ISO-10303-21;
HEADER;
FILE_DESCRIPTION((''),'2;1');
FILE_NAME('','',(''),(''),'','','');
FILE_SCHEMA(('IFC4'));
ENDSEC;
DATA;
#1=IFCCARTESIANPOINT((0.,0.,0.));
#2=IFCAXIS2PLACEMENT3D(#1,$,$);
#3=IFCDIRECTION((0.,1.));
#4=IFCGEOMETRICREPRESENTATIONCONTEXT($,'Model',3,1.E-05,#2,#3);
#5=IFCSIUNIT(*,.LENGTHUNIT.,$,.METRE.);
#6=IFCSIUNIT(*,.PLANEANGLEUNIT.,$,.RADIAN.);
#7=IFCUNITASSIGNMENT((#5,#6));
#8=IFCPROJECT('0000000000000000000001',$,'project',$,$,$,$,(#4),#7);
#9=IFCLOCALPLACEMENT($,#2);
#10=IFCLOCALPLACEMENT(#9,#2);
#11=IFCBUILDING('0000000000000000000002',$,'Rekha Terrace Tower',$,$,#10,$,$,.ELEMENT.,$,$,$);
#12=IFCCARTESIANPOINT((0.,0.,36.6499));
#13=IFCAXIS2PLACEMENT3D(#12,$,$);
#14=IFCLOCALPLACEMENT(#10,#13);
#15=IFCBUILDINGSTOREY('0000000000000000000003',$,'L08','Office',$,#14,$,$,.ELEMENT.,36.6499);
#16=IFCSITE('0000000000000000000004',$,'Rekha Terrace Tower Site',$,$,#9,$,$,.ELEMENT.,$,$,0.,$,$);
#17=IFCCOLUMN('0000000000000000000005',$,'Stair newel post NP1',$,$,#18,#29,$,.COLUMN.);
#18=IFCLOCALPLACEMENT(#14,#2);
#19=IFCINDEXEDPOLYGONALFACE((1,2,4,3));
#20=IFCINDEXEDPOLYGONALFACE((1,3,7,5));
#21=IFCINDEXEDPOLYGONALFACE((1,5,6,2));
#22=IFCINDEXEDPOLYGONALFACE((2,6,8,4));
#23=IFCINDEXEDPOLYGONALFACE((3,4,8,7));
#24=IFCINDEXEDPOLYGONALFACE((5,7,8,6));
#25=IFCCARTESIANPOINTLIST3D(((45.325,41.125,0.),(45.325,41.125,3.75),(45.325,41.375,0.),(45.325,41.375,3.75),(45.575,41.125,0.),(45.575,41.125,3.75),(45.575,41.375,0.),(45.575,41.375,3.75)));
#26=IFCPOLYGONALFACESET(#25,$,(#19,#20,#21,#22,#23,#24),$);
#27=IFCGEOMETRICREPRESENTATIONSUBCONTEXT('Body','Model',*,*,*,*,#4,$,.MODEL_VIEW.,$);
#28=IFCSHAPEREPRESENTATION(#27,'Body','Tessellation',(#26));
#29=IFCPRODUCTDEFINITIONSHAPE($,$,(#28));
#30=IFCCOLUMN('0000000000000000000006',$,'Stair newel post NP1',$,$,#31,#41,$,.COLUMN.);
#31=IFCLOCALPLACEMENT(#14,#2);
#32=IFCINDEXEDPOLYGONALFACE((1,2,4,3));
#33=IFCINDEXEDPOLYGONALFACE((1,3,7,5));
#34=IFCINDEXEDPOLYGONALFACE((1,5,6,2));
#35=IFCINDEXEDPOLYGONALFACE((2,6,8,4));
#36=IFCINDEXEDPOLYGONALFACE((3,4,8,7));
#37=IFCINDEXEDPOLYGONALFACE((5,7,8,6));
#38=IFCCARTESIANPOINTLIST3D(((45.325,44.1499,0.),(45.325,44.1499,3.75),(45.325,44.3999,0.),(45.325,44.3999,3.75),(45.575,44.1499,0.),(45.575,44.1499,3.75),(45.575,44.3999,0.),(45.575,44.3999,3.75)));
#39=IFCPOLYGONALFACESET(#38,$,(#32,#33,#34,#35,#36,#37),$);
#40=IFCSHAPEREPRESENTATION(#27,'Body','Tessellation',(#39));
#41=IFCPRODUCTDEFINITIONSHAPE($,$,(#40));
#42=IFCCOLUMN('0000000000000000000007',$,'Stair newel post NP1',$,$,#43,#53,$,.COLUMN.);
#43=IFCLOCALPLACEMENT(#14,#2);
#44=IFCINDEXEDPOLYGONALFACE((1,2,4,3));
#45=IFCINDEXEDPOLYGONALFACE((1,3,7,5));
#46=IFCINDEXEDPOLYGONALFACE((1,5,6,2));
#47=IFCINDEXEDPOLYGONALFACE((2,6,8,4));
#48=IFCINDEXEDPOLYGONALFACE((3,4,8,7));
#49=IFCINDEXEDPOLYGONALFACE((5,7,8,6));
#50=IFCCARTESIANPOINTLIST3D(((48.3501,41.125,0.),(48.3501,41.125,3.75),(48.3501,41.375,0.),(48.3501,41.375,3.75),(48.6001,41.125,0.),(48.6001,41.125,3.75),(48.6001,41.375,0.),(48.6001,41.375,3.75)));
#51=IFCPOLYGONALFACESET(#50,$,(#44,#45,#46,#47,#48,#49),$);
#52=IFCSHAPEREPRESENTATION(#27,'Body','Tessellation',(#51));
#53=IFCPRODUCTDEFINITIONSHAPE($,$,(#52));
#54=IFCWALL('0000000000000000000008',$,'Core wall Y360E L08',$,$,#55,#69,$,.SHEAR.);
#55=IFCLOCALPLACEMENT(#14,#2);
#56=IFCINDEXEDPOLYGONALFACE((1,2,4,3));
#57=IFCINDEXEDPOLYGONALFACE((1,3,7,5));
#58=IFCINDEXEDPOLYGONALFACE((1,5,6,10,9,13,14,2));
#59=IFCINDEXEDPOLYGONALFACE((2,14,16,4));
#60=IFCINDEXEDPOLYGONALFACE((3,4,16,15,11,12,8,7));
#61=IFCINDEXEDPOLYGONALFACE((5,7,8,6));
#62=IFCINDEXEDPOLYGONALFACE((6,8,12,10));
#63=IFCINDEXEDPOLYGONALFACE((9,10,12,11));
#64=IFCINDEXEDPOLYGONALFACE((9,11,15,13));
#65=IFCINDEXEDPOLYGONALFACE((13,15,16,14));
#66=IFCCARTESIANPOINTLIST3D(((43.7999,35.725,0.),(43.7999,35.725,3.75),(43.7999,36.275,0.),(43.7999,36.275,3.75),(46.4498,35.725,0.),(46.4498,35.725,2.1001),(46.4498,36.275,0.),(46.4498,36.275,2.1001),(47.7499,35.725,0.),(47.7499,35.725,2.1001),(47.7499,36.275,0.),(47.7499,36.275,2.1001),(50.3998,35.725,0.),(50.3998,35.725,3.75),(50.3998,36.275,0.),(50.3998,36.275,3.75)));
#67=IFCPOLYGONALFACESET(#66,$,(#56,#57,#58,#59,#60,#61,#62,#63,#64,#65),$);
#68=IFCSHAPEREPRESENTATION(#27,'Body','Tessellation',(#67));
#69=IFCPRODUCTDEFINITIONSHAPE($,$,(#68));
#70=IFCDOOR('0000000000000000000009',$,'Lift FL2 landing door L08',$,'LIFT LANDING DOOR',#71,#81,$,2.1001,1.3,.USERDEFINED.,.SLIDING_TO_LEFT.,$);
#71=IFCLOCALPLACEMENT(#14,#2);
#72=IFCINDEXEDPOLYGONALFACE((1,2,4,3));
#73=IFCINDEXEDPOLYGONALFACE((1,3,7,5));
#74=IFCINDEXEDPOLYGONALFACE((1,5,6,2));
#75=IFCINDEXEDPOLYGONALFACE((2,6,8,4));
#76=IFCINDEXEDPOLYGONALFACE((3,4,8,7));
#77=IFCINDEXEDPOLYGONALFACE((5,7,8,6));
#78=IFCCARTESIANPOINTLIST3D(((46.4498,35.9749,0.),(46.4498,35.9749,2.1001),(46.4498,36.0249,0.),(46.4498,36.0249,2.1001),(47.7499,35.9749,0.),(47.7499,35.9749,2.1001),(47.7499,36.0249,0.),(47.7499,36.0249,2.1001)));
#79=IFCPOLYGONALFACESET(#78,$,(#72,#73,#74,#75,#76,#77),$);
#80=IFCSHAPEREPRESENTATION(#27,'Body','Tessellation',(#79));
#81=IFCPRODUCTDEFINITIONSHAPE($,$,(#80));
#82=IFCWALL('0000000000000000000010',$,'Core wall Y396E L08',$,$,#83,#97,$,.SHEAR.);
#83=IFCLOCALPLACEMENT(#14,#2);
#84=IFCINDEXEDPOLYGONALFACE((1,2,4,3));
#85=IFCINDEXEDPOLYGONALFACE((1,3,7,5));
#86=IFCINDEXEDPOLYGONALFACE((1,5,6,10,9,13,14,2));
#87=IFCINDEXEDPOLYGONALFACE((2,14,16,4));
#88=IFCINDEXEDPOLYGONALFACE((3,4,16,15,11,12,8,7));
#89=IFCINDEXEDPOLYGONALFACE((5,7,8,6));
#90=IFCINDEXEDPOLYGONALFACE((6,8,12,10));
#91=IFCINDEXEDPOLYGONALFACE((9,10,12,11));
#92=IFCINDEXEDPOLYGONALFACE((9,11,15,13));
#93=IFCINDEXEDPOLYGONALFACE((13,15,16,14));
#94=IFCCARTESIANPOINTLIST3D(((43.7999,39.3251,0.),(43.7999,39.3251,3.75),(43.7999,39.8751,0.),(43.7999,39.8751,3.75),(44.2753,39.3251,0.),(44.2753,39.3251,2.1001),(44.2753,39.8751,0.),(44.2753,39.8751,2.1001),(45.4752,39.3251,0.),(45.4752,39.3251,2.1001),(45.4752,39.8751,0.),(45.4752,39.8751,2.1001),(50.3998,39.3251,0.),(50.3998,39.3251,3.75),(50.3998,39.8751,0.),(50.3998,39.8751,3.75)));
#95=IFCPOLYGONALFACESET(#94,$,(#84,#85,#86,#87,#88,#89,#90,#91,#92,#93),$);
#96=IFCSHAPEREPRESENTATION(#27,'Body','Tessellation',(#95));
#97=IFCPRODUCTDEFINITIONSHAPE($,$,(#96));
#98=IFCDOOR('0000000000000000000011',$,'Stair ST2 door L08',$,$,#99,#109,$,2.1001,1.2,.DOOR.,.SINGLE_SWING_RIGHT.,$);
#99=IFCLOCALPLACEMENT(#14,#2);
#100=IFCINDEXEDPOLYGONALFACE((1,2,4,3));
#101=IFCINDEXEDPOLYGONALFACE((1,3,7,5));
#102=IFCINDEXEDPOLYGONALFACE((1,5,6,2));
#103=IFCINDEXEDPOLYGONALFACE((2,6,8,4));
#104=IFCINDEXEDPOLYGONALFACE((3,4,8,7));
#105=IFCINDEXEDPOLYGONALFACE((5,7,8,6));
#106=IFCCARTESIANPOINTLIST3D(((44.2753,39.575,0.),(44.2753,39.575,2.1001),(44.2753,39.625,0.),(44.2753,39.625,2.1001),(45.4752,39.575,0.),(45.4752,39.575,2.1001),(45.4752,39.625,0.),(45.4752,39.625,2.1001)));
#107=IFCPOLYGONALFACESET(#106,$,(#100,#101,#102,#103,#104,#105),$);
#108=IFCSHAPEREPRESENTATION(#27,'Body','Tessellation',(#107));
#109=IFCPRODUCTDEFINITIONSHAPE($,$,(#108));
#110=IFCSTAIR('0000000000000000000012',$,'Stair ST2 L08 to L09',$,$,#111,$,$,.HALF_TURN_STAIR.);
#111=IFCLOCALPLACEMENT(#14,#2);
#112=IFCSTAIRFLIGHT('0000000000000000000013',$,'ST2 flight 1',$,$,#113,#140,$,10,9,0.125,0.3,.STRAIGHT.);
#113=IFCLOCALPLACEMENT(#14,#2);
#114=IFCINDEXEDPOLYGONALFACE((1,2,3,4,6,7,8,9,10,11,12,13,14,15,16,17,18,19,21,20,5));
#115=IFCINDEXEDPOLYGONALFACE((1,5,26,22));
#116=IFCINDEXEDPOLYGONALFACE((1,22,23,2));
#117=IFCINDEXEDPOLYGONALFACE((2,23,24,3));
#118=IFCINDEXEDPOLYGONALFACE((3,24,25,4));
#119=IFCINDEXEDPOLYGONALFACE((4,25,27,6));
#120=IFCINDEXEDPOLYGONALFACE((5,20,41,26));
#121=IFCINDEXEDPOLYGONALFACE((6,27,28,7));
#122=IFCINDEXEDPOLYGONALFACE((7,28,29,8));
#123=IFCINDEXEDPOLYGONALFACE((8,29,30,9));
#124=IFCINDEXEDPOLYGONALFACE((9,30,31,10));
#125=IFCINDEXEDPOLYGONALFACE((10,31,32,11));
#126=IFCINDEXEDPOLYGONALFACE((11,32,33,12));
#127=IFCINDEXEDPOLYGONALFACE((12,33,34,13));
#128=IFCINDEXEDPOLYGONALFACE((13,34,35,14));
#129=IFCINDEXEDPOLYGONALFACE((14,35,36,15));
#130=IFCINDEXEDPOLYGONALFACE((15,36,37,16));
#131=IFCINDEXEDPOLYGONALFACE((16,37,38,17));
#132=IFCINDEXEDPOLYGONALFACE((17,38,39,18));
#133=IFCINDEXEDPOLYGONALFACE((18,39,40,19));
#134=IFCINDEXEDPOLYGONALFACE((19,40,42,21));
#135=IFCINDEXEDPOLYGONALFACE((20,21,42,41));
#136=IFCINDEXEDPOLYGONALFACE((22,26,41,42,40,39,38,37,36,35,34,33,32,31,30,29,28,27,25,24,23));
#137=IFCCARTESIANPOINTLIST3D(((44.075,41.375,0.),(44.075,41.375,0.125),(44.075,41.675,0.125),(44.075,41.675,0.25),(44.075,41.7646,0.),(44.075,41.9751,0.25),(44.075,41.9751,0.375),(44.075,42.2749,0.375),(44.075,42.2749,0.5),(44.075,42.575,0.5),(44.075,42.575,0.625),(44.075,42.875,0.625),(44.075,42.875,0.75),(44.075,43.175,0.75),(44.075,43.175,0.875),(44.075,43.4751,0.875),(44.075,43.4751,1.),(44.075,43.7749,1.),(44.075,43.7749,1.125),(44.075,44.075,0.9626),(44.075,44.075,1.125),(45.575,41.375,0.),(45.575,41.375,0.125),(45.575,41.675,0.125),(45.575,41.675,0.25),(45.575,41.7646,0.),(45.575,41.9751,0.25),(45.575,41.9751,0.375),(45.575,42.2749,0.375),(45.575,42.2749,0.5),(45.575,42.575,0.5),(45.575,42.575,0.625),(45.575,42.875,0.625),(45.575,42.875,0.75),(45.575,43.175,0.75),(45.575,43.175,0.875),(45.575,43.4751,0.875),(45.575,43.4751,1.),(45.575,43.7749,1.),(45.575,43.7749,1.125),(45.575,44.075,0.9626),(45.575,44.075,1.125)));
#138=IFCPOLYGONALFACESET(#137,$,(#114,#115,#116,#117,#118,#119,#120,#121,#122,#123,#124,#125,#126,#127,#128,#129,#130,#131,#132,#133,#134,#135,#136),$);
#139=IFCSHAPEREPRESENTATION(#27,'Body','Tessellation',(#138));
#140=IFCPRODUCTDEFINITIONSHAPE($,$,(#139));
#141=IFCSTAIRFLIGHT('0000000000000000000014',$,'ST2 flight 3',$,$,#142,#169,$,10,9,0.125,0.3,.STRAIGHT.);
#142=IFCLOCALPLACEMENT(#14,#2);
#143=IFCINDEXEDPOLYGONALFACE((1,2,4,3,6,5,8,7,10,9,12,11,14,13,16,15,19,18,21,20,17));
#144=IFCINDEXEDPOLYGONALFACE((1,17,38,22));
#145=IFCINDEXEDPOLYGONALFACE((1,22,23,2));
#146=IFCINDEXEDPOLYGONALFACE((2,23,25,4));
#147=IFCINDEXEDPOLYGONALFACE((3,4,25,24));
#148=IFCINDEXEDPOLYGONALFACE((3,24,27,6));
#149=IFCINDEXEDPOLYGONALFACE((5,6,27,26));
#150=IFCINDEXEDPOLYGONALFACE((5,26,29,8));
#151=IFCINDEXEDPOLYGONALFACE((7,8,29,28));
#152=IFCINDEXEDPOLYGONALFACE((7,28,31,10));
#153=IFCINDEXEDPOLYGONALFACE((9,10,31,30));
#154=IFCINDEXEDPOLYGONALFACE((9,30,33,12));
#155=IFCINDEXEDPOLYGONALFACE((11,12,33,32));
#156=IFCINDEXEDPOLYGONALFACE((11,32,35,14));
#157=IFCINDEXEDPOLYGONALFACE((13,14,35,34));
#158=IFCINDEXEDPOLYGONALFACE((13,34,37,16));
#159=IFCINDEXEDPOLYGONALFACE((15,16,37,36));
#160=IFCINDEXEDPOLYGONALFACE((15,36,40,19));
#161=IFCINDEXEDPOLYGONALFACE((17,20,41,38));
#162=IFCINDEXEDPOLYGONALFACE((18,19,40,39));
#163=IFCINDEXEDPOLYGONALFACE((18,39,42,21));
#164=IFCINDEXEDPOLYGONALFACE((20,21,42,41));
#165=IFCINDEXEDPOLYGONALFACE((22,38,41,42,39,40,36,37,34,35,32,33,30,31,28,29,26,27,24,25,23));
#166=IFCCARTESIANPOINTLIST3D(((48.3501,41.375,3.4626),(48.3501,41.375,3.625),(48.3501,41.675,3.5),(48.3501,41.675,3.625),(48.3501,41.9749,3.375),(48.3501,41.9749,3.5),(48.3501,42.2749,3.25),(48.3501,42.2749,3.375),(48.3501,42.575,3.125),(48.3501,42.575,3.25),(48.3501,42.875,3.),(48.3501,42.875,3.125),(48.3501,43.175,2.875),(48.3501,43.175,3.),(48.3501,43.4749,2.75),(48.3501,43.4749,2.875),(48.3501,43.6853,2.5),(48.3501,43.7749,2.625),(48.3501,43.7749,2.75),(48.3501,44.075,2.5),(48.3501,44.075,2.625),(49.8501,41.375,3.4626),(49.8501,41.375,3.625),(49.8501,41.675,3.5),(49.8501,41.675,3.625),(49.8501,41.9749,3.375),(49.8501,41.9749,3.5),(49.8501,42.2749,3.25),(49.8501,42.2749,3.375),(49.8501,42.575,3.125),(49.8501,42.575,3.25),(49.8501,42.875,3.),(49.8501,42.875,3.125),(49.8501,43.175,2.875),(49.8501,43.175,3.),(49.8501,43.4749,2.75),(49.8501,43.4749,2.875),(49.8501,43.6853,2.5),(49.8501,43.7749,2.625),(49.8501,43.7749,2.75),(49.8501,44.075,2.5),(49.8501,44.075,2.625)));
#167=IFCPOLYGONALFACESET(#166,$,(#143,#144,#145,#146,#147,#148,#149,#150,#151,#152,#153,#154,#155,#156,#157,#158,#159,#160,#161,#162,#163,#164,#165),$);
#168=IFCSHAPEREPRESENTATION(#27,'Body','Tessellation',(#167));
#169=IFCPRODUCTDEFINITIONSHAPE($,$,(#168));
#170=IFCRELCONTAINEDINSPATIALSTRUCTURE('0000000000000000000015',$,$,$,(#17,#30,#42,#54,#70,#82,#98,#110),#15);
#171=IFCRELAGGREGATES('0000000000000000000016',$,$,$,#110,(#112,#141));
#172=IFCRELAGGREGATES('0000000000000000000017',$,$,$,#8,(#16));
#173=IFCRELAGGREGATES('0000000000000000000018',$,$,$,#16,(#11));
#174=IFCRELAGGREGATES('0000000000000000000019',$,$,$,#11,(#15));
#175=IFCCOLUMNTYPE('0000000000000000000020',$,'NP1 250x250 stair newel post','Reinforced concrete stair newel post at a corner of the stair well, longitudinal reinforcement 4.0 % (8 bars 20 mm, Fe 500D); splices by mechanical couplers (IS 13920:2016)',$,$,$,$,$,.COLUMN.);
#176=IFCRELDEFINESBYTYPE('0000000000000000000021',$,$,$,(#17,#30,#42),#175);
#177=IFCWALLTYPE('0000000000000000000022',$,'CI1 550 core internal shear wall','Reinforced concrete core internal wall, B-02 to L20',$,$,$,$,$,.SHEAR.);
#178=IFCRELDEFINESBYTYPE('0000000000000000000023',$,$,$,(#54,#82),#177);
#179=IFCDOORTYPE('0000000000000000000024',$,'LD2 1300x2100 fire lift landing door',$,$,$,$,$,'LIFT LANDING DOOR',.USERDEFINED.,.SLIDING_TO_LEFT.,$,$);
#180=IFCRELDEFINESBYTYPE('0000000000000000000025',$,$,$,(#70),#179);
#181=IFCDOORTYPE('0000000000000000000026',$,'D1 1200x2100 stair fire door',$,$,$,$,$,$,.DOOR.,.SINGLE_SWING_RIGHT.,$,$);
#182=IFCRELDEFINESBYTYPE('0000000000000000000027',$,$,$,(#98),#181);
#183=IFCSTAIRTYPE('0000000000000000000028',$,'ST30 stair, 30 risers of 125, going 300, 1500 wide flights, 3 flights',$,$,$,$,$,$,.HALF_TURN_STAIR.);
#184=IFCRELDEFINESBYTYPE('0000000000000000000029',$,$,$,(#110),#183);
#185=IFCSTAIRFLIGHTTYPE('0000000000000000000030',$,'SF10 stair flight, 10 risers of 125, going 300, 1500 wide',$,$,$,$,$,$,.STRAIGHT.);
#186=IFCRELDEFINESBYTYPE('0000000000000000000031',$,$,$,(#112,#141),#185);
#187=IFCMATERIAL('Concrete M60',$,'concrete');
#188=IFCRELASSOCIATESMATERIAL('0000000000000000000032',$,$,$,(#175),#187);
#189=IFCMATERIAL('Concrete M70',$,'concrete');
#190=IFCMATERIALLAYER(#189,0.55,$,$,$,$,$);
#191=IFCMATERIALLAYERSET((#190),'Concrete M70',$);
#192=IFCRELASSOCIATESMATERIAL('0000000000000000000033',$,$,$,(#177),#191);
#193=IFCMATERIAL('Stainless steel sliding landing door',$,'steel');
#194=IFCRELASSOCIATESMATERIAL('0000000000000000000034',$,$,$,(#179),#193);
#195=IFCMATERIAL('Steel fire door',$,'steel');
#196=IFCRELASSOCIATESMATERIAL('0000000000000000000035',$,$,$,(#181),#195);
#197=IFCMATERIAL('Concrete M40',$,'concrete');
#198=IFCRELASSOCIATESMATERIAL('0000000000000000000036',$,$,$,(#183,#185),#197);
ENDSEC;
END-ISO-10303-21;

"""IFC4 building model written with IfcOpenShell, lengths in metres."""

from ifc_helpers import new_model, si_unit, direction, frame, frame_2d, origin, origin_2d, place, context, subcontext, project, spatial, polyline, rectangle, outline, extrude, material, layer, layer_set, material_profile, profile_set, type_object, element, fill, aggregate, save


model = new_model("IFC4")

# Units and contexts
model_context = context("Model", 3, precision=1e-05, world=origin(), true_north=direction((0.0, 1.0)))
body_context = subcontext(model_context, "Body", "Model", "MODEL_VIEW")
ifc_project = project(units=[si_unit("LENGTHUNIT", "METRE"), si_unit("PLANEANGLEUNIT", "RADIAN")], contexts=[model_context])

# Site, building, storey
site_placement = place(None, origin())
site = spatial("IfcSite", under=ifc_project, at=site_placement, Name="Rekha Terrace Tower Site", CompositionType="ELEMENT", RefElevation=0.0)
building_placement = place(site_placement, origin())
building = spatial("IfcBuilding", under=site, at=building_placement, Name="Rekha Terrace Tower", CompositionType="ELEMENT")
storey_placement = place(building_placement, frame((0.0, 0.0, 36.6499)))
storey = spatial("IfcBuildingStorey", under=building, at=storey_placement, Name="L08", Description="Office", CompositionType="ELEMENT", Elevation=36.6499)

# Columns
ifc_material_1 = material(Name="Concrete M60", Category="concrete")
ifc_material_profile = material_profile(ifc_material_1, rectangle(XDim=0.25, YDim=0.25, at=origin_2d()), Name="RC 250x250")
ifc_profile_set = profile_set([ifc_material_profile], Name="Concrete M60")
column_type = type_object("IfcColumnType", Name="NP1 250x250 stair newel post", Description="Reinforced concrete stair newel post at a corner of the stair well, longitudinal reinforcement 4.0 % (8 bars 20 mm, Fe 500D); splices by mechanical couplers (IS 13920:2016)", PredefinedType="COLUMN", material=ifc_profile_set)
for number, where, z_axis, x_axis, name in (
    (1, (45.45, 41.25, 0.0), (0.0, 0.0, 1.0), (1.0, 0.0, 0.0), "Stair newel post NP1"),
    (2, (45.45, 44.2749, 0.0), (0.0, 0.0, 1.0), (1.0, 0.0, 0.0), "Stair newel post NP1"),
    (3, (48.4751, 41.25, 0.0), (0.0, 0.0, 1.0), (1.0, 0.0, 0.0), "Stair newel post NP1"),
):
    element("IfcColumn", number, at=place(storey_placement, frame(where, z_axis=z_axis, x_axis=x_axis)), inside=storey, type_object=column_type, Name=name, PredefinedType="COLUMN", context=body_context, shape_type="SweptSolid", body=[
        extrude(rectangle(XDim=0.25, YDim=0.25, at=origin_2d()), origin(), (0.0, 0.0, 1.0), 3.75),
    ])

# Walls, openings, doors
ifc_material_2 = material(Name="Concrete M70", Category="concrete")
ifc_layer = layer(ifc_material_2, 0.55)
ifc_layer_set = layer_set([ifc_layer], Name="Concrete M70")
wall_type = type_object("IfcWallType", Name="CI1 550 core internal shear wall", Description="Reinforced concrete core internal wall, B-02 to L20", PredefinedType="SHEAR", material=ifc_layer_set)
wall_1_placement = place(storey_placement, frame((43.8, 36.0, 0.0), z_axis=(0.0, 0.0, 1.0), x_axis=(1.0, 0.0, 0.0)))
wall_1 = element("IfcWall", 4, at=wall_1_placement, inside=storey, type_object=wall_type, Name="Core wall Y360E L08", PredefinedType="SHEAR", context=body_context, shape_type="SweptSolid", body=[
    extrude(rectangle(XDim=6.5999, YDim=0.55, at=frame_2d((3.2998, 0.0))), origin(), (0.0, 0.0, 1.0), 3.75),
])
opening_1_placement = place(wall_1_placement, frame((2.6499, 0.0, 0.0)))
opening_1 = element("IfcOpeningElement", 5, at=opening_1_placement, cuts=wall_1, PredefinedType="OPENING", context=body_context, shape_type="SweptSolid", body=[
    extrude(rectangle(XDim=1.3, YDim=2.1001, at=frame_2d((0.6499, 1.05))), frame((0.0, 0.2849, 0.0), z_axis=(0.0, -1.0, 0.0), x_axis=(1.0, 0.0, 0.0)), (0.0, 0.0, 1.0), 0.5701),
])
ifc_material_3 = material(Name="Stainless steel sliding landing door", Category="steel")
door_type_1 = type_object("IfcDoorType", Name="LD2 1300x2100 fire lift landing door", ElementType="LIFT LANDING DOOR", OperationType="SLIDING_TO_LEFT", PredefinedType="USERDEFINED", material=ifc_material_3)
door_1_placement = place(opening_1_placement, origin())
door_1 = element("IfcDoor", 6, at=door_1_placement, inside=storey, type_object=door_type_1, Name="Lift FL2 landing door L08", ObjectType="LIFT LANDING DOOR", OperationType="SLIDING_TO_LEFT", OverallHeight=2.1001, OverallWidth=1.3, PredefinedType="USERDEFINED", context=body_context, shape_type="SweptSolid", body=[
    extrude(rectangle(XDim=1.3, YDim=2.1001, at=frame_2d((0.6499, 1.05))), frame((0.0, 0.0249, 0.0), z_axis=(0.0, -1.0, 0.0), x_axis=(1.0, 0.0, 0.0)), (0.0, 0.0, 1.0), 0.05),
])
fill(opening_1, door_1)
wall_2_placement = place(storey_placement, frame((43.8, 39.6001, 0.0), z_axis=(0.0, 0.0, 1.0), x_axis=(1.0, 0.0, 0.0)))
wall_2 = element("IfcWall", 7, at=wall_2_placement, inside=storey, type_object=wall_type, Name="Core wall Y396E L08", PredefinedType="SHEAR", context=body_context, shape_type="SweptSolid", body=[
    extrude(rectangle(XDim=6.5999, YDim=0.55, at=frame_2d((3.2998, 0.0))), origin(), (0.0, 0.0, 1.0), 3.75),
])
opening_2_placement = place(wall_2_placement, frame((0.4751, 0.0, 0.0)))
opening_2 = element("IfcOpeningElement", 8, at=opening_2_placement, cuts=wall_2, PredefinedType="OPENING", context=body_context, shape_type="SweptSolid", body=[
    extrude(rectangle(XDim=1.2, YDim=2.1001, at=frame_2d((0.6001, 1.05))), frame((0.0, 0.2849, 0.0), z_axis=(0.0, -1.0, 0.0), x_axis=(1.0, 0.0, 0.0)), (0.0, 0.0, 1.0), 0.5701),
])
ifc_material_4 = material(Name="Steel fire door", Category="steel")
door_type_2 = type_object("IfcDoorType", Name="D1 1200x2100 stair fire door", OperationType="SINGLE_SWING_RIGHT", PredefinedType="DOOR", material=ifc_material_4)
door_2_placement = place(opening_2_placement, origin())
door_2 = element("IfcDoor", 9, at=door_2_placement, inside=storey, type_object=door_type_2, Name="Stair ST2 door L08", OperationType="SINGLE_SWING_RIGHT", OverallHeight=2.1001, OverallWidth=1.2, PredefinedType="DOOR", context=body_context, shape_type="SweptSolid", body=[
    extrude(rectangle(XDim=1.2, YDim=2.1001, at=frame_2d((0.6001, 1.05))), frame((0.0, 0.0249, 0.0), z_axis=(0.0, -1.0, 0.0), x_axis=(1.0, 0.0, 0.0)), (0.0, 0.0, 1.0), 0.05),
])
fill(opening_2, door_2)

# Stair, stair flights
ifc_material_5 = material(Name="Concrete M40", Category="concrete")
stair_type = type_object("IfcStairType", Name="ST30 stair, 30 risers of 125, going 300, 1500 wide flights, 3 flights", PredefinedType="HALF_TURN_STAIR", material=ifc_material_5)
stair_placement = place(storey_placement, origin())
stair = element("IfcStair", 10, at=stair_placement, inside=storey, type_object=stair_type, Name="Stair ST2 L08 to L09", PredefinedType="HALF_TURN_STAIR")
stair_flight_type = type_object("IfcStairFlightType", Name="SF10 stair flight, 10 risers of 125, going 300, 1500 wide", PredefinedType="STRAIGHT", material=ifc_material_5)
stair_flight_1_placement = place(storey_placement, frame((44.825, 41.375, 0.0), z_axis=(0.0, 0.0, 1.0), x_axis=(0.0, 1.0, 0.0)))
stair_flight_1 = element("IfcStairFlight", 11, at=stair_flight_1_placement, type_object=stair_flight_type, Name="ST2 flight 1", NumberOfRisers=10, NumberOfTreads=9, PredefinedType="STRAIGHT", RiserHeight=0.125, TreadLength=0.3, context=body_context, shape_type="SweptSolid", body=[
    extrude(outline(polyline([(0.0, 0.0), (0.0, 0.125), (0.3, 0.125), (0.3, 0.25), (0.6001, 0.25), (0.6001, 0.375), (0.8999, 0.375), (0.8999, 0.5), (1.2, 0.5), (1.2, 0.625), (1.5, 0.625), (1.5, 0.75), (1.8, 0.75), (1.8, 0.875), (2.1001, 0.875), (2.1001, 1.0), (2.3999, 1.0), (2.3999, 1.125), (2.7, 1.125), (2.7, 1.25), (2.7, 0.9626), (0.3896, 0.0), (0.0, 0.0)])), frame((0.0, 0.75, 0.0), z_axis=(0.0, -1.0, 0.0), x_axis=(1.0, 0.0, 0.0)), (0.0, 0.0, 1.0), 1.5),
])
stair_flight_2_placement = place(storey_placement, frame((49.1001, 44.075, 2.5), z_axis=(0.0, 0.0, 1.0), x_axis=(0.0, -1.0, 0.0)))
stair_flight_2 = element("IfcStairFlight", 12, at=stair_flight_2_placement, type_object=stair_flight_type, Name="ST2 flight 3", NumberOfRisers=10, NumberOfTreads=9, PredefinedType="STRAIGHT", RiserHeight=0.125, TreadLength=0.3, context=body_context, shape_type="SweptSolid", body=[
    extrude(outline(polyline([(0.0, 0.0), (0.0, 0.125), (0.3, 0.125), (0.3, 0.25), (0.6001, 0.25), (0.6001, 0.375), (0.8999, 0.375), (0.8999, 0.5), (1.2, 0.5), (1.2, 0.625), (1.5, 0.625), (1.5, 0.75), (1.8, 0.75), (1.8, 0.875), (2.1001, 0.875), (2.1001, 1.0), (2.3999, 1.0), (2.3999, 1.125), (2.7, 1.125), (2.7, 1.25), (2.7, 0.9626), (0.3896, 0.0), (0.0, 0.0)])), frame((0.0, 0.75, 0.0), z_axis=(0.0, -1.0, 0.0), x_axis=(1.0, 0.0, 0.0)), (0.0, 0.0, 1.0), 1.5),
])
aggregate(stair, [stair_flight_1, stair_flight_2])

save(model, "model.ifc")
